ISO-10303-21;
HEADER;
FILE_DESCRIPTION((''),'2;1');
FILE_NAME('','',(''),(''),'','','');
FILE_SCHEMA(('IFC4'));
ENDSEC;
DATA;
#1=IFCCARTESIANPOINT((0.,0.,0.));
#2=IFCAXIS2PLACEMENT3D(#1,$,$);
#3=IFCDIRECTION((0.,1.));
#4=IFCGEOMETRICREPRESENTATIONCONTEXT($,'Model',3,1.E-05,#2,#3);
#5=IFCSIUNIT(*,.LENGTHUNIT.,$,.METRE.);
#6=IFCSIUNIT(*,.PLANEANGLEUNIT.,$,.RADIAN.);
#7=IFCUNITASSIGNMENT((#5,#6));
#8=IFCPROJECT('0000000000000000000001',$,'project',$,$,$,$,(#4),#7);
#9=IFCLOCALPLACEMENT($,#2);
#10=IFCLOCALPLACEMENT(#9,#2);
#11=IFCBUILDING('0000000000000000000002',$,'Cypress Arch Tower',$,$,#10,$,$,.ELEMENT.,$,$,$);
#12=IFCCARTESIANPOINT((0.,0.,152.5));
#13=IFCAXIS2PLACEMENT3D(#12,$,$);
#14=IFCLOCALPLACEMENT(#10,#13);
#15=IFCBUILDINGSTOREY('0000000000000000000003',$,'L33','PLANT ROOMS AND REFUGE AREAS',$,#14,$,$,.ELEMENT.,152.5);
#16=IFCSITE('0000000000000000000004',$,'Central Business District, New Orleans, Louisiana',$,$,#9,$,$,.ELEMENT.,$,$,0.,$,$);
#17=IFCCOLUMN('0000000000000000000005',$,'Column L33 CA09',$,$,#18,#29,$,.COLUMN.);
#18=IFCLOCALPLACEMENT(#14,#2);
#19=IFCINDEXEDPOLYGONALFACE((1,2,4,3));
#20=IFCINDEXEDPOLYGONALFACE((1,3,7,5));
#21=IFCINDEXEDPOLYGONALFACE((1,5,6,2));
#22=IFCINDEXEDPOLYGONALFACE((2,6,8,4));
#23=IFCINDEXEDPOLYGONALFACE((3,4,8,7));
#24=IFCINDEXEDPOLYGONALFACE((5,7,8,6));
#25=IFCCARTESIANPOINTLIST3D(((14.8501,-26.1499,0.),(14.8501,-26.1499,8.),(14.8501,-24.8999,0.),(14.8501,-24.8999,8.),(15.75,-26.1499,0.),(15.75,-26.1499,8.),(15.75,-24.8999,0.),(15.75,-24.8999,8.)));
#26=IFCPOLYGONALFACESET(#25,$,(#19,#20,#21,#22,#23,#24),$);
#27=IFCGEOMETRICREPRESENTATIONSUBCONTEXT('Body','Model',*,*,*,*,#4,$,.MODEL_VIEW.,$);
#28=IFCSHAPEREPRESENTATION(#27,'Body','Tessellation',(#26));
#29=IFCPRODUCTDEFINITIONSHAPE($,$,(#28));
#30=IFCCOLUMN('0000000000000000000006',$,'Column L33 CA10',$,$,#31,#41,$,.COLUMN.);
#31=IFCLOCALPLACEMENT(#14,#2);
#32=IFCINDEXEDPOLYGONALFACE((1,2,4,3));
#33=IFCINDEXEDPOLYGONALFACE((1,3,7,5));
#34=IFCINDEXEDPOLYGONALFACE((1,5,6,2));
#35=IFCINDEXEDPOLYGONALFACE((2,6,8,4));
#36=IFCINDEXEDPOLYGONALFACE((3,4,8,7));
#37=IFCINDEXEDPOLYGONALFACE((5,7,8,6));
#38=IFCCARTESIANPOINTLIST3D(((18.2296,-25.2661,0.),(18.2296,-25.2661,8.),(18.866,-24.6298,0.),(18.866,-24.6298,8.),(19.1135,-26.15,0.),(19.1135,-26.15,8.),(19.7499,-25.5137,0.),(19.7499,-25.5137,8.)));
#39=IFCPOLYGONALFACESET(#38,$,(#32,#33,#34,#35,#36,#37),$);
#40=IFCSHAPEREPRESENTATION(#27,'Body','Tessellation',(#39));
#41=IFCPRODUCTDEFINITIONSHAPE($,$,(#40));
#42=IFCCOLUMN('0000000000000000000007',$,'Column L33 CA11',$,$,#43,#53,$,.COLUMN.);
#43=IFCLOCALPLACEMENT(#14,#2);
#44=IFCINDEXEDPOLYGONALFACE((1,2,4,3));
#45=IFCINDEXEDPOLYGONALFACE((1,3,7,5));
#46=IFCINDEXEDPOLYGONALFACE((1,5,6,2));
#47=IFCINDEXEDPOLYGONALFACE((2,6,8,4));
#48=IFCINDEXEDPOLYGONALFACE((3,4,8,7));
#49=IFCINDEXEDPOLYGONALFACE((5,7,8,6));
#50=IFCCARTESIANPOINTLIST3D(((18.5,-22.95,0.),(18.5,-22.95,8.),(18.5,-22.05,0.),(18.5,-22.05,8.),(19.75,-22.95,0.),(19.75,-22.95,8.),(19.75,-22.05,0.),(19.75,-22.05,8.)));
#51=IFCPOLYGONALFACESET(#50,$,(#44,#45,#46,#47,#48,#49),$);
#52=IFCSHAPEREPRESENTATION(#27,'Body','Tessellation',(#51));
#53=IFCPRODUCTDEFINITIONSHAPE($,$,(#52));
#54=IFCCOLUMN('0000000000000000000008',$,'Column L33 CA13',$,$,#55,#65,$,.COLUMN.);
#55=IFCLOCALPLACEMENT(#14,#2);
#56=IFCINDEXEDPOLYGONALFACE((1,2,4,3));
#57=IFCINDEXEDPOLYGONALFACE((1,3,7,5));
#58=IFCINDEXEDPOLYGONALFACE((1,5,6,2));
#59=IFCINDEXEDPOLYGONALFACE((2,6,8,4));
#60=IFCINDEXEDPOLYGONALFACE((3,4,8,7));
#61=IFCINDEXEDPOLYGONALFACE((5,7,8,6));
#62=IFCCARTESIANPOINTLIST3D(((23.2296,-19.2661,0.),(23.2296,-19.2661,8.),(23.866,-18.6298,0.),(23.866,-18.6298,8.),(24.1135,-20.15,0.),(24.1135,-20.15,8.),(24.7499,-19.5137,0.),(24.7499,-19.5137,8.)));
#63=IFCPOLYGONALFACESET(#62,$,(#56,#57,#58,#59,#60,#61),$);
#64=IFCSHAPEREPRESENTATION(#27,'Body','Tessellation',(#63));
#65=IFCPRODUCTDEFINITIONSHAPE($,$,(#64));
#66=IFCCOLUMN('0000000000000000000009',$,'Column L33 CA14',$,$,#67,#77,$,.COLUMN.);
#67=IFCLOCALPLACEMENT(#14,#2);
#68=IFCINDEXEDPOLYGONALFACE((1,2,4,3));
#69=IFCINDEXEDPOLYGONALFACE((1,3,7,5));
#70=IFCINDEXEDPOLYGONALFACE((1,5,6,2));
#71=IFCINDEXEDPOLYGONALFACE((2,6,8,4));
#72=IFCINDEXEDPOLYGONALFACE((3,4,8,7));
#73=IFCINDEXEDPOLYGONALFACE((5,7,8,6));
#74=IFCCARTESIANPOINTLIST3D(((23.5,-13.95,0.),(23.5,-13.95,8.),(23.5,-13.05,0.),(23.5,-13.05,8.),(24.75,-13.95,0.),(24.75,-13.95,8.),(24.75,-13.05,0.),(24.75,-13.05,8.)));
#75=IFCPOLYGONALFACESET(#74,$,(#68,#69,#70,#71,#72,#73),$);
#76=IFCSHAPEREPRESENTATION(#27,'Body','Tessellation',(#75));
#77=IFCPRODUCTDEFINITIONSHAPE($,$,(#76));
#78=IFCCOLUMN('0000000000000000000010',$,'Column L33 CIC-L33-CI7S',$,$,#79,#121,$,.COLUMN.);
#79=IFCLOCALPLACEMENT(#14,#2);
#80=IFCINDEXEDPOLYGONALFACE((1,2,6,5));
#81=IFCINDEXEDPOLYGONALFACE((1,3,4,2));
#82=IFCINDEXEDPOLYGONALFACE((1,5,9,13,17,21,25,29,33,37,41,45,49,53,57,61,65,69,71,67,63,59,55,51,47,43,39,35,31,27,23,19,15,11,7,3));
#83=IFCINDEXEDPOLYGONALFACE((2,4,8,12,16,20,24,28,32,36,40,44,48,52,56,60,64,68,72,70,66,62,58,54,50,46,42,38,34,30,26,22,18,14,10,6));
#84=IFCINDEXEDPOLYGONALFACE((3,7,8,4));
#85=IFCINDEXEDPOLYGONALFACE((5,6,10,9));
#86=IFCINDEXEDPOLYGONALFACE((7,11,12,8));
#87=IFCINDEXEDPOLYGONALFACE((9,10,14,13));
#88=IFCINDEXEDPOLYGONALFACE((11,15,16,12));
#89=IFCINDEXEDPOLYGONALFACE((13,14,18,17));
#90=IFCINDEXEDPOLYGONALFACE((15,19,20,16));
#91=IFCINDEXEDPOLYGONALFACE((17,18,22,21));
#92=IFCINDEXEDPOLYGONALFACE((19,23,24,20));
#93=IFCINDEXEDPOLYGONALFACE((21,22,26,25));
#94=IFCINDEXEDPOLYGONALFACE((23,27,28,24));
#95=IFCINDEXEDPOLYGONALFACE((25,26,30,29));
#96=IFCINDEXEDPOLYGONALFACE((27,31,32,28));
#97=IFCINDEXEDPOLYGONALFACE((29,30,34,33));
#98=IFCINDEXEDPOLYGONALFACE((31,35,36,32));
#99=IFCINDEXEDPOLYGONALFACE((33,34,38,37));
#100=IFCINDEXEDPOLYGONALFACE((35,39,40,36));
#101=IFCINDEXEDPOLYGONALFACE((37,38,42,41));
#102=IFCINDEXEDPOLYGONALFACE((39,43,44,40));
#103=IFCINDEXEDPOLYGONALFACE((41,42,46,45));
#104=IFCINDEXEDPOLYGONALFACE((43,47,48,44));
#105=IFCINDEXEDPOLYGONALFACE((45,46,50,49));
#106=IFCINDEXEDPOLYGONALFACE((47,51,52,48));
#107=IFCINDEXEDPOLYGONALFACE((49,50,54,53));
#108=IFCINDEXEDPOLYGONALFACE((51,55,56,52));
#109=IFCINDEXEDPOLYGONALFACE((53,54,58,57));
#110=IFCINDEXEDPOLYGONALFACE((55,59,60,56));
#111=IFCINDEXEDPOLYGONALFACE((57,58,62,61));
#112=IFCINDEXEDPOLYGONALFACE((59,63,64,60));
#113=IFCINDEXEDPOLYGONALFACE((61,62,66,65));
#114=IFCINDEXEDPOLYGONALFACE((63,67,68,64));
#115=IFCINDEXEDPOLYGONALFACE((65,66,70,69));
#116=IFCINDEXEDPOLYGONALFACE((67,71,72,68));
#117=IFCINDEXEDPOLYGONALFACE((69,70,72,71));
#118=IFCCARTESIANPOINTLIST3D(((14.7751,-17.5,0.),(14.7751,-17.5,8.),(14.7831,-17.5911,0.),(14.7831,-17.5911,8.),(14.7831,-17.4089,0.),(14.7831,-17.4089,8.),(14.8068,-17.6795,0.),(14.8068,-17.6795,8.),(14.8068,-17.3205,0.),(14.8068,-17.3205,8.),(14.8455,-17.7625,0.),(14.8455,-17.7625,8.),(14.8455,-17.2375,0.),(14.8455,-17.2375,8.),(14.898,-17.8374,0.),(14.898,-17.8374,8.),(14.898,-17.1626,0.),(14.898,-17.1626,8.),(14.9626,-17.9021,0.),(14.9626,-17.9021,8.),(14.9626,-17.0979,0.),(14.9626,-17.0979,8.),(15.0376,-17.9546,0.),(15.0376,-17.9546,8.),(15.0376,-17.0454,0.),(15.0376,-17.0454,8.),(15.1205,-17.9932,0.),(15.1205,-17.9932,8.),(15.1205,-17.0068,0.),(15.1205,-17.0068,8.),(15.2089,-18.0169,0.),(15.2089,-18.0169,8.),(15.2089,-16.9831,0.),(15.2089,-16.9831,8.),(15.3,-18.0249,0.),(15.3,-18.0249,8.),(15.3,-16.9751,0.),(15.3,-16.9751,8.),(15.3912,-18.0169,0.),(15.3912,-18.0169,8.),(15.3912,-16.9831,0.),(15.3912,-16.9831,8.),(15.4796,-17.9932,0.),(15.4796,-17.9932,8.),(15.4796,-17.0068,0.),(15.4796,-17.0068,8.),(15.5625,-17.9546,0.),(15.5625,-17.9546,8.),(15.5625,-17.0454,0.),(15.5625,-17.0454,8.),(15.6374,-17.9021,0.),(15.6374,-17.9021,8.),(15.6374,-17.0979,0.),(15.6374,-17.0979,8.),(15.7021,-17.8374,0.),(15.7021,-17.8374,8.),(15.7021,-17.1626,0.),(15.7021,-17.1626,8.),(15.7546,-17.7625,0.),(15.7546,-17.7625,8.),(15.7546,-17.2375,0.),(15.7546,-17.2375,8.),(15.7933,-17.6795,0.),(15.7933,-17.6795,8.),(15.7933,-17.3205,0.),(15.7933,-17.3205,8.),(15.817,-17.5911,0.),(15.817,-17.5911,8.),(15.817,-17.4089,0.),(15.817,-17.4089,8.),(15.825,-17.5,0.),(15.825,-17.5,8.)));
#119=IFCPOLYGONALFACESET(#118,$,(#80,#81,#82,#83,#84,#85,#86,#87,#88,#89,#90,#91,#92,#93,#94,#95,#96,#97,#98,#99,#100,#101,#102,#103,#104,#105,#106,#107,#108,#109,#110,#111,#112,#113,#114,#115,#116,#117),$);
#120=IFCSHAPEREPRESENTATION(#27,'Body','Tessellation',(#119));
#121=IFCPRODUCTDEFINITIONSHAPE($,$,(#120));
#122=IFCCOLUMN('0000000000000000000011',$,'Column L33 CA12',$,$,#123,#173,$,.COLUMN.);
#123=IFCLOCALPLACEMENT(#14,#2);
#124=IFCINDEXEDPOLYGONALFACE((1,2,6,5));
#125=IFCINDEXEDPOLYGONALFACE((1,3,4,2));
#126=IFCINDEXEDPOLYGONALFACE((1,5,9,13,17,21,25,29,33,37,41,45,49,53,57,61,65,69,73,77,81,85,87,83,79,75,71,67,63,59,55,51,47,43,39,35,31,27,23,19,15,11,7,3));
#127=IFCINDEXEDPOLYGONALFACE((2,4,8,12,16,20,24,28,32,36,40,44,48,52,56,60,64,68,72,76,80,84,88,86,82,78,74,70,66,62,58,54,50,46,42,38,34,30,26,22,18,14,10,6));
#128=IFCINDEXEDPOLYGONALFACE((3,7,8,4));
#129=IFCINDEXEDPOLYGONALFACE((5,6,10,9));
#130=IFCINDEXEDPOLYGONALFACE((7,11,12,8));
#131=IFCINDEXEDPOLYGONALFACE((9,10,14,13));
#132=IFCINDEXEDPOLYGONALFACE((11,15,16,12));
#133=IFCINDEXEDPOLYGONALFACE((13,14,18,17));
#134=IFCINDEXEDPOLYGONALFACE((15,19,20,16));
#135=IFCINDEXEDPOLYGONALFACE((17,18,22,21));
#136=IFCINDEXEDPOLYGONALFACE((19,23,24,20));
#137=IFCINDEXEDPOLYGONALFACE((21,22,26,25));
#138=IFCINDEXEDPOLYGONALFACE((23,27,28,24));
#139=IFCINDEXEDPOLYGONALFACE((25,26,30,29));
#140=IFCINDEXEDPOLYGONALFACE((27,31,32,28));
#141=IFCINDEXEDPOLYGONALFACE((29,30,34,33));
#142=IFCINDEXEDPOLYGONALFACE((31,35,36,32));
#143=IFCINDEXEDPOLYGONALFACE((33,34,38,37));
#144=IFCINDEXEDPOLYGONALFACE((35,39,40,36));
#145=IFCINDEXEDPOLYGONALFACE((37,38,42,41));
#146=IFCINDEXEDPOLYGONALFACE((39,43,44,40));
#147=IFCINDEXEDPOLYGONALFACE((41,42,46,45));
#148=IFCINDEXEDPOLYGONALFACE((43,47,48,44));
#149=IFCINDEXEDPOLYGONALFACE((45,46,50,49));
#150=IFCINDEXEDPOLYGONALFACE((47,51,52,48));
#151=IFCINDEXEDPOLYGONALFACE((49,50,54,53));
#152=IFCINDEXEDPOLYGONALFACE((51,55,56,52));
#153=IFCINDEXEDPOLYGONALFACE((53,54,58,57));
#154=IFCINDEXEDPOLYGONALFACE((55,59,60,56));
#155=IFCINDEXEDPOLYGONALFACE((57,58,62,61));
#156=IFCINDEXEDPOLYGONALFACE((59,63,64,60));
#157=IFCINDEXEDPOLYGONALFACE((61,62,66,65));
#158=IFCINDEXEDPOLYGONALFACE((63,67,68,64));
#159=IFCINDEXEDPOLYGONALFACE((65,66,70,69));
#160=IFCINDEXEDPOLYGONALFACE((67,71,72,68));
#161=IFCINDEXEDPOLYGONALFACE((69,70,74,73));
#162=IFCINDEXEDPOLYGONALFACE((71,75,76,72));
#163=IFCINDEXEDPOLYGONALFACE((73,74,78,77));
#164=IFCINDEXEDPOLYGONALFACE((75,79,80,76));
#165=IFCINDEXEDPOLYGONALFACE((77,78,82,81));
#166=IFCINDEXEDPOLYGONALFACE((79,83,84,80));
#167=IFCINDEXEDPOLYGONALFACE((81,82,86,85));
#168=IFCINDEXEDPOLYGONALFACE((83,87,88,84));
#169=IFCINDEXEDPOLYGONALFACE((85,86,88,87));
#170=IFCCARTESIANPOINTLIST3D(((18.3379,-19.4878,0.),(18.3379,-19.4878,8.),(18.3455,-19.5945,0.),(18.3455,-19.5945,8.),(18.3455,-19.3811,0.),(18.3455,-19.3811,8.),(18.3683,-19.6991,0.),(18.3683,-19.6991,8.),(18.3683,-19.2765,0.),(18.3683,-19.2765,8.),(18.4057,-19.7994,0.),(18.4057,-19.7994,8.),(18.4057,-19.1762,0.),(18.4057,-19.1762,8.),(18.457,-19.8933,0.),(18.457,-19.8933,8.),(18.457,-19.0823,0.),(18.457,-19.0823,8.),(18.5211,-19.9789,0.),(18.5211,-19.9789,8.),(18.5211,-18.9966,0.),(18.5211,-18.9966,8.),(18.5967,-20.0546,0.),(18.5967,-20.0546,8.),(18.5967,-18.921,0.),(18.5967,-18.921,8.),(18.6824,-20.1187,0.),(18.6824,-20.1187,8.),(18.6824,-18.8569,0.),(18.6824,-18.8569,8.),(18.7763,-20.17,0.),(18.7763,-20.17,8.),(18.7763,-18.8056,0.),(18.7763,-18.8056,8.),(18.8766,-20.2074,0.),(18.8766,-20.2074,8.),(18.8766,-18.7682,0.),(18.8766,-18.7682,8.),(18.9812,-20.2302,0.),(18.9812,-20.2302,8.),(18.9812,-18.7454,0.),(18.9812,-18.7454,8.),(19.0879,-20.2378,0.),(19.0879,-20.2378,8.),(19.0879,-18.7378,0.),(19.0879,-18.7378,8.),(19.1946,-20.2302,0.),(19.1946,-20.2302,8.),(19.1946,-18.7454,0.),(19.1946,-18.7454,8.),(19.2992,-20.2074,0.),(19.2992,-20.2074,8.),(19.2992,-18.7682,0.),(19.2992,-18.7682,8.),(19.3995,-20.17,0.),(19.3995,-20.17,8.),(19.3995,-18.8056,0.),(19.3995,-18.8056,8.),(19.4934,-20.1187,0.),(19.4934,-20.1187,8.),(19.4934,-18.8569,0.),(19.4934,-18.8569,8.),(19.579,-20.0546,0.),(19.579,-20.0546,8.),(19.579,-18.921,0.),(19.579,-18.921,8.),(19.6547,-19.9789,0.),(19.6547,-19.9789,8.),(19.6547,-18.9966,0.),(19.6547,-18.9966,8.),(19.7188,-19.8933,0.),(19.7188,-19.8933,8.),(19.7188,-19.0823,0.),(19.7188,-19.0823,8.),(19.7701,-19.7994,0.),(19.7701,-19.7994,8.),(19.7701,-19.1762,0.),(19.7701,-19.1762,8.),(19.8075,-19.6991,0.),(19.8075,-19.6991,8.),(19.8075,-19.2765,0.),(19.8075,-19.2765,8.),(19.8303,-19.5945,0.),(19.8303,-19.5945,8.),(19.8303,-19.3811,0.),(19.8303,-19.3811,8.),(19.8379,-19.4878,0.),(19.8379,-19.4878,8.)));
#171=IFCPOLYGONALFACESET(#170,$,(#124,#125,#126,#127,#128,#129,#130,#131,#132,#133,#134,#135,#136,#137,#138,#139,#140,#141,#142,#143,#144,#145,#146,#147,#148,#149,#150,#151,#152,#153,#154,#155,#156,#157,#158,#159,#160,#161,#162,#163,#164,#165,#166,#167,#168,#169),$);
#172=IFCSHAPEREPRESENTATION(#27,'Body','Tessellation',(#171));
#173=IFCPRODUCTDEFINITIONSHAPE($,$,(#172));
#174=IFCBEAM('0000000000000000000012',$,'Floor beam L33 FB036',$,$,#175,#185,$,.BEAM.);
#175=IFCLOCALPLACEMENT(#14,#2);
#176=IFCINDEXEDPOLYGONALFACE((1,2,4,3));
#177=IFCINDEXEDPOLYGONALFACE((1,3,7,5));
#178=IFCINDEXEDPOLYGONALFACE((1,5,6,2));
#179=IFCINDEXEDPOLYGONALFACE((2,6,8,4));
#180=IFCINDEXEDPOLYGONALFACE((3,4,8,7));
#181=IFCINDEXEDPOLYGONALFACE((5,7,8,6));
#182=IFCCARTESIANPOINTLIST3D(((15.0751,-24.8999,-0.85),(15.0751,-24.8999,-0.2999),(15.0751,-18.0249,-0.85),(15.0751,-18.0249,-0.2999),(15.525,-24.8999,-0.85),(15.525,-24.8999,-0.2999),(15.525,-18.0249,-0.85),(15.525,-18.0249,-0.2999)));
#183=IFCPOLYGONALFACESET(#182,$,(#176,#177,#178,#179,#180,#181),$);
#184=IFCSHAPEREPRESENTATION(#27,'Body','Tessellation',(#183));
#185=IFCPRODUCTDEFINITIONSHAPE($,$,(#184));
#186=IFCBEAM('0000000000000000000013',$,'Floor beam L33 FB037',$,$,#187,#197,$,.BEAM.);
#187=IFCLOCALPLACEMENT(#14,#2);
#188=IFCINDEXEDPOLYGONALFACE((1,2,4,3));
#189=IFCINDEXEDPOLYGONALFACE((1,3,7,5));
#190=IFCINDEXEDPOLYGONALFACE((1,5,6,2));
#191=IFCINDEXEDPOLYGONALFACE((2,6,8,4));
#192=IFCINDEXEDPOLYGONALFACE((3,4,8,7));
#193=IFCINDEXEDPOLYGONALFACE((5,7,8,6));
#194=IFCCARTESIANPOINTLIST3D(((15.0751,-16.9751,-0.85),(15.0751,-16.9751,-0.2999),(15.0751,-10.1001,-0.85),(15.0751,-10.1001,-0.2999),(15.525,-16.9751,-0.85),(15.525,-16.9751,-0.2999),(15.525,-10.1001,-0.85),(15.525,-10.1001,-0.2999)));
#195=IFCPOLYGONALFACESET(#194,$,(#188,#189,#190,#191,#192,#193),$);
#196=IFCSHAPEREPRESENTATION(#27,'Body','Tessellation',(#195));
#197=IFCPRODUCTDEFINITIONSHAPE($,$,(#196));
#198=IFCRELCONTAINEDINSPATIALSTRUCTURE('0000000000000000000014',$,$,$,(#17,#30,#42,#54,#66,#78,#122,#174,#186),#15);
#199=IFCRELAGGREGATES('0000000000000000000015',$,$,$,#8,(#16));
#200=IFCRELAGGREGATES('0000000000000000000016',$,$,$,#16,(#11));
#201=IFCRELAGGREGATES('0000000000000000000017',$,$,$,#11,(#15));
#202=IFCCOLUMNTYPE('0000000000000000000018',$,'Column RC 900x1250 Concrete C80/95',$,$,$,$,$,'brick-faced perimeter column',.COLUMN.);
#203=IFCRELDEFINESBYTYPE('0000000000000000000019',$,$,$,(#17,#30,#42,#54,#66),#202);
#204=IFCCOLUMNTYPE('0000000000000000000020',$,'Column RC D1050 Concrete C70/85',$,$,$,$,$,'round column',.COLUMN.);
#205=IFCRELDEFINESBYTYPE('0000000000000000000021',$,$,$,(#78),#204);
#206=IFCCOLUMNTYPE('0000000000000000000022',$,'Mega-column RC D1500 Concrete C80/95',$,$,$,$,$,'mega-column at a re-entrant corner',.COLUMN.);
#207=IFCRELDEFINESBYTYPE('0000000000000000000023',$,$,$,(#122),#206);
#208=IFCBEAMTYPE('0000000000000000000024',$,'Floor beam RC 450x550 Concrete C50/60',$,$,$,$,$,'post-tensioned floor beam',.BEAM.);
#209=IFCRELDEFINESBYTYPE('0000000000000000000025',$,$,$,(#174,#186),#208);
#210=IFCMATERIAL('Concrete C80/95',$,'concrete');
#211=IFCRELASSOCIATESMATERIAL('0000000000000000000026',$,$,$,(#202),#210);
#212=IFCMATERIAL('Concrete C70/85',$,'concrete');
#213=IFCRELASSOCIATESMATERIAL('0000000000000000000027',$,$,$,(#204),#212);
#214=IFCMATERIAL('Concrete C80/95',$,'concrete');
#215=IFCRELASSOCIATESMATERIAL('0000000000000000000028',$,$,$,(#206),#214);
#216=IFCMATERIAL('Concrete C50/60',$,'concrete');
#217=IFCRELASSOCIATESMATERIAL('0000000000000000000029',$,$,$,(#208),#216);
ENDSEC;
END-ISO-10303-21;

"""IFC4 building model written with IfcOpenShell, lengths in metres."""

from ifc_helpers import new_model, si_unit, direction, frame, origin, origin_2d, place, context, subcontext, project, spatial, rectangle, circle, extrude, material, material_profile, profile_set, type_object, element, save


model = new_model("IFC4")

# Units and contexts
model_context = context("Model", 3, precision=1e-05, world=origin(), true_north=direction((0.0, 1.0)))
body_context = subcontext(model_context, "Body", "Model", "MODEL_VIEW")
ifc_project = project(units=[si_unit("LENGTHUNIT", "METRE"), si_unit("PLANEANGLEUNIT", "RADIAN")], contexts=[model_context])

# Site, building, storey
site_placement = place(None, origin())
site = spatial("IfcSite", under=ifc_project, at=site_placement, Name="Central Business District, New Orleans, Louisiana", CompositionType="ELEMENT", RefElevation=0.0)
building_placement = place(site_placement, origin())
building = spatial("IfcBuilding", under=site, at=building_placement, Name="Cypress Arch Tower", CompositionType="ELEMENT")
storey_placement = place(building_placement, frame((0.0, 0.0, 152.5)))
storey = spatial("IfcBuildingStorey", under=building, at=storey_placement, Name="L33", Description="PLANT ROOMS AND REFUGE AREAS", CompositionType="ELEMENT", Elevation=152.5)

# Columns
ifc_material_1 = material(Name="Concrete C80/95", Category="concrete")
ifc_material_profile_1 = material_profile(ifc_material_1, rectangle(XDim=0.8999, YDim=1.25, at=origin_2d()), Name="RC 900x1250")
ifc_profile_set_1 = profile_set([ifc_material_profile_1], Name="Concrete C80/95")
column_type_1 = type_object("IfcColumnType", Name="Column RC 900x1250 Concrete C80/95", ElementType="brick-faced perimeter column", PredefinedType="COLUMN", material=ifc_profile_set_1)
for number, where, z_axis, x_axis, name in (
    (1, (15.3, -25.5249, 0.0), (0.0, 0.0, 1.0), (1.0, 0.0, 0.0), "Column L33 CA09"),
    (2, (18.9897, -25.3899, 0.0), (0.0, 0.0, 1.0), (0.707107, 0.707107, 0.0), "Column L33 CA10"),
    (3, (19.125, -22.5, 0.0), (0.0, 0.0, 1.0), (0.0, 1.0, 0.0), "Column L33 CA11"),
    (4, (23.9897, -19.3899, 0.0), (0.0, 0.0, 1.0), (0.707107, 0.707107, 0.0), "Column L33 CA13"),
    (5, (24.125, -13.5, 0.0), (0.0, 0.0, 1.0), (0.0, 1.0, 0.0), "Column L33 CA14"),
):
    element("IfcColumn", number, at=place(storey_placement, frame(where, z_axis=z_axis, x_axis=x_axis)), inside=storey, type_object=column_type_1, Name=name, PredefinedType="COLUMN", context=body_context, shape_type="SweptSolid", body=[
        extrude(rectangle(XDim=0.8999, YDim=1.25, at=origin_2d()), origin(), (0.0, 0.0, 1.0), 8.0),
    ])
ifc_material_2 = material(Name="Concrete C70/85", Category="concrete")
ifc_material_profile_2 = material_profile(ifc_material_2, circle(Radius=0.5249, at=origin_2d()), Name="RC D1050")
ifc_profile_set_2 = profile_set([ifc_material_profile_2], Name="Concrete C70/85")
column_type_2 = type_object("IfcColumnType", Name="Column RC D1050 Concrete C70/85", ElementType="round column", PredefinedType="COLUMN", material=ifc_profile_set_2)
column_1_placement = place(storey_placement, frame((15.3, -17.5, 0.0), z_axis=(0.0, 0.0, 1.0), x_axis=(1.0, 0.0, 0.0)))
element("IfcColumn", 6, at=column_1_placement, inside=storey, type_object=column_type_2, Name="Column L33 CIC-L33-CI7S", PredefinedType="COLUMN", context=body_context, shape_type="SweptSolid", body=[
    extrude(circle(Radius=0.5249, at=origin_2d()), origin(), (0.0, 0.0, 1.0), 8.0),
])
ifc_material_3 = material(Name="Concrete C80/95", Category="concrete")
ifc_material_profile_3 = material_profile(ifc_material_3, circle(Radius=0.75, at=origin_2d()), Name="RC D1500")
ifc_profile_set_3 = profile_set([ifc_material_profile_3], Name="Concrete C80/95")
column_type_3 = type_object("IfcColumnType", Name="Mega-column RC D1500 Concrete C80/95", ElementType="mega-column at a re-entrant corner", PredefinedType="COLUMN", material=ifc_profile_set_3)
column_2_placement = place(storey_placement, frame((19.0879, -19.4878, 0.0), z_axis=(0.0, 0.0, 1.0), x_axis=(1.0, 0.0, 0.0)))
element("IfcColumn", 7, at=column_2_placement, inside=storey, type_object=column_type_3, Name="Column L33 CA12", PredefinedType="COLUMN", context=body_context, shape_type="SweptSolid", body=[
    extrude(circle(Radius=0.75, at=origin_2d()), origin(), (0.0, 0.0, 1.0), 8.0),
])

# Beams
ifc_material_4 = material(Name="Concrete C50/60", Category="concrete")
ifc_material_profile_4 = material_profile(ifc_material_4, rectangle(XDim=0.45, YDim=0.55, at=origin_2d()), Name="RC 450x550")
ifc_profile_set_4 = profile_set([ifc_material_profile_4], Name="Concrete C50/60")
beam_type_1 = type_object("IfcBeamType", Name="Floor beam RC 450x550 Concrete C50/60", ElementType="post-tensioned floor beam", PredefinedType="BEAM", material=ifc_profile_set_4)
for number, where, z_axis, x_axis, name in (
    (8, (15.3, -24.8999, -0.575), (0.0, 1.0, 0.0), (-1.0, 0.0, 0.0), "Floor beam L33 FB036"),
    (9, (15.3, -16.9751, -0.575), (0.0, 1.0, 0.0), (-1.0, 0.0, 0.0), "Floor beam L33 FB037"),
):
    element("IfcBeam", number, at=place(storey_placement, frame(where, z_axis=z_axis, x_axis=x_axis)), inside=storey, type_object=beam_type_1, Name=name, PredefinedType="BEAM", context=body_context, shape_type="SweptSolid", body=[
        extrude(rectangle(XDim=0.45, YDim=0.55, at=origin_2d()), origin(), (0.0, 0.0, 1.0), 6.875),
    ])

save(model, "model.ifc")
